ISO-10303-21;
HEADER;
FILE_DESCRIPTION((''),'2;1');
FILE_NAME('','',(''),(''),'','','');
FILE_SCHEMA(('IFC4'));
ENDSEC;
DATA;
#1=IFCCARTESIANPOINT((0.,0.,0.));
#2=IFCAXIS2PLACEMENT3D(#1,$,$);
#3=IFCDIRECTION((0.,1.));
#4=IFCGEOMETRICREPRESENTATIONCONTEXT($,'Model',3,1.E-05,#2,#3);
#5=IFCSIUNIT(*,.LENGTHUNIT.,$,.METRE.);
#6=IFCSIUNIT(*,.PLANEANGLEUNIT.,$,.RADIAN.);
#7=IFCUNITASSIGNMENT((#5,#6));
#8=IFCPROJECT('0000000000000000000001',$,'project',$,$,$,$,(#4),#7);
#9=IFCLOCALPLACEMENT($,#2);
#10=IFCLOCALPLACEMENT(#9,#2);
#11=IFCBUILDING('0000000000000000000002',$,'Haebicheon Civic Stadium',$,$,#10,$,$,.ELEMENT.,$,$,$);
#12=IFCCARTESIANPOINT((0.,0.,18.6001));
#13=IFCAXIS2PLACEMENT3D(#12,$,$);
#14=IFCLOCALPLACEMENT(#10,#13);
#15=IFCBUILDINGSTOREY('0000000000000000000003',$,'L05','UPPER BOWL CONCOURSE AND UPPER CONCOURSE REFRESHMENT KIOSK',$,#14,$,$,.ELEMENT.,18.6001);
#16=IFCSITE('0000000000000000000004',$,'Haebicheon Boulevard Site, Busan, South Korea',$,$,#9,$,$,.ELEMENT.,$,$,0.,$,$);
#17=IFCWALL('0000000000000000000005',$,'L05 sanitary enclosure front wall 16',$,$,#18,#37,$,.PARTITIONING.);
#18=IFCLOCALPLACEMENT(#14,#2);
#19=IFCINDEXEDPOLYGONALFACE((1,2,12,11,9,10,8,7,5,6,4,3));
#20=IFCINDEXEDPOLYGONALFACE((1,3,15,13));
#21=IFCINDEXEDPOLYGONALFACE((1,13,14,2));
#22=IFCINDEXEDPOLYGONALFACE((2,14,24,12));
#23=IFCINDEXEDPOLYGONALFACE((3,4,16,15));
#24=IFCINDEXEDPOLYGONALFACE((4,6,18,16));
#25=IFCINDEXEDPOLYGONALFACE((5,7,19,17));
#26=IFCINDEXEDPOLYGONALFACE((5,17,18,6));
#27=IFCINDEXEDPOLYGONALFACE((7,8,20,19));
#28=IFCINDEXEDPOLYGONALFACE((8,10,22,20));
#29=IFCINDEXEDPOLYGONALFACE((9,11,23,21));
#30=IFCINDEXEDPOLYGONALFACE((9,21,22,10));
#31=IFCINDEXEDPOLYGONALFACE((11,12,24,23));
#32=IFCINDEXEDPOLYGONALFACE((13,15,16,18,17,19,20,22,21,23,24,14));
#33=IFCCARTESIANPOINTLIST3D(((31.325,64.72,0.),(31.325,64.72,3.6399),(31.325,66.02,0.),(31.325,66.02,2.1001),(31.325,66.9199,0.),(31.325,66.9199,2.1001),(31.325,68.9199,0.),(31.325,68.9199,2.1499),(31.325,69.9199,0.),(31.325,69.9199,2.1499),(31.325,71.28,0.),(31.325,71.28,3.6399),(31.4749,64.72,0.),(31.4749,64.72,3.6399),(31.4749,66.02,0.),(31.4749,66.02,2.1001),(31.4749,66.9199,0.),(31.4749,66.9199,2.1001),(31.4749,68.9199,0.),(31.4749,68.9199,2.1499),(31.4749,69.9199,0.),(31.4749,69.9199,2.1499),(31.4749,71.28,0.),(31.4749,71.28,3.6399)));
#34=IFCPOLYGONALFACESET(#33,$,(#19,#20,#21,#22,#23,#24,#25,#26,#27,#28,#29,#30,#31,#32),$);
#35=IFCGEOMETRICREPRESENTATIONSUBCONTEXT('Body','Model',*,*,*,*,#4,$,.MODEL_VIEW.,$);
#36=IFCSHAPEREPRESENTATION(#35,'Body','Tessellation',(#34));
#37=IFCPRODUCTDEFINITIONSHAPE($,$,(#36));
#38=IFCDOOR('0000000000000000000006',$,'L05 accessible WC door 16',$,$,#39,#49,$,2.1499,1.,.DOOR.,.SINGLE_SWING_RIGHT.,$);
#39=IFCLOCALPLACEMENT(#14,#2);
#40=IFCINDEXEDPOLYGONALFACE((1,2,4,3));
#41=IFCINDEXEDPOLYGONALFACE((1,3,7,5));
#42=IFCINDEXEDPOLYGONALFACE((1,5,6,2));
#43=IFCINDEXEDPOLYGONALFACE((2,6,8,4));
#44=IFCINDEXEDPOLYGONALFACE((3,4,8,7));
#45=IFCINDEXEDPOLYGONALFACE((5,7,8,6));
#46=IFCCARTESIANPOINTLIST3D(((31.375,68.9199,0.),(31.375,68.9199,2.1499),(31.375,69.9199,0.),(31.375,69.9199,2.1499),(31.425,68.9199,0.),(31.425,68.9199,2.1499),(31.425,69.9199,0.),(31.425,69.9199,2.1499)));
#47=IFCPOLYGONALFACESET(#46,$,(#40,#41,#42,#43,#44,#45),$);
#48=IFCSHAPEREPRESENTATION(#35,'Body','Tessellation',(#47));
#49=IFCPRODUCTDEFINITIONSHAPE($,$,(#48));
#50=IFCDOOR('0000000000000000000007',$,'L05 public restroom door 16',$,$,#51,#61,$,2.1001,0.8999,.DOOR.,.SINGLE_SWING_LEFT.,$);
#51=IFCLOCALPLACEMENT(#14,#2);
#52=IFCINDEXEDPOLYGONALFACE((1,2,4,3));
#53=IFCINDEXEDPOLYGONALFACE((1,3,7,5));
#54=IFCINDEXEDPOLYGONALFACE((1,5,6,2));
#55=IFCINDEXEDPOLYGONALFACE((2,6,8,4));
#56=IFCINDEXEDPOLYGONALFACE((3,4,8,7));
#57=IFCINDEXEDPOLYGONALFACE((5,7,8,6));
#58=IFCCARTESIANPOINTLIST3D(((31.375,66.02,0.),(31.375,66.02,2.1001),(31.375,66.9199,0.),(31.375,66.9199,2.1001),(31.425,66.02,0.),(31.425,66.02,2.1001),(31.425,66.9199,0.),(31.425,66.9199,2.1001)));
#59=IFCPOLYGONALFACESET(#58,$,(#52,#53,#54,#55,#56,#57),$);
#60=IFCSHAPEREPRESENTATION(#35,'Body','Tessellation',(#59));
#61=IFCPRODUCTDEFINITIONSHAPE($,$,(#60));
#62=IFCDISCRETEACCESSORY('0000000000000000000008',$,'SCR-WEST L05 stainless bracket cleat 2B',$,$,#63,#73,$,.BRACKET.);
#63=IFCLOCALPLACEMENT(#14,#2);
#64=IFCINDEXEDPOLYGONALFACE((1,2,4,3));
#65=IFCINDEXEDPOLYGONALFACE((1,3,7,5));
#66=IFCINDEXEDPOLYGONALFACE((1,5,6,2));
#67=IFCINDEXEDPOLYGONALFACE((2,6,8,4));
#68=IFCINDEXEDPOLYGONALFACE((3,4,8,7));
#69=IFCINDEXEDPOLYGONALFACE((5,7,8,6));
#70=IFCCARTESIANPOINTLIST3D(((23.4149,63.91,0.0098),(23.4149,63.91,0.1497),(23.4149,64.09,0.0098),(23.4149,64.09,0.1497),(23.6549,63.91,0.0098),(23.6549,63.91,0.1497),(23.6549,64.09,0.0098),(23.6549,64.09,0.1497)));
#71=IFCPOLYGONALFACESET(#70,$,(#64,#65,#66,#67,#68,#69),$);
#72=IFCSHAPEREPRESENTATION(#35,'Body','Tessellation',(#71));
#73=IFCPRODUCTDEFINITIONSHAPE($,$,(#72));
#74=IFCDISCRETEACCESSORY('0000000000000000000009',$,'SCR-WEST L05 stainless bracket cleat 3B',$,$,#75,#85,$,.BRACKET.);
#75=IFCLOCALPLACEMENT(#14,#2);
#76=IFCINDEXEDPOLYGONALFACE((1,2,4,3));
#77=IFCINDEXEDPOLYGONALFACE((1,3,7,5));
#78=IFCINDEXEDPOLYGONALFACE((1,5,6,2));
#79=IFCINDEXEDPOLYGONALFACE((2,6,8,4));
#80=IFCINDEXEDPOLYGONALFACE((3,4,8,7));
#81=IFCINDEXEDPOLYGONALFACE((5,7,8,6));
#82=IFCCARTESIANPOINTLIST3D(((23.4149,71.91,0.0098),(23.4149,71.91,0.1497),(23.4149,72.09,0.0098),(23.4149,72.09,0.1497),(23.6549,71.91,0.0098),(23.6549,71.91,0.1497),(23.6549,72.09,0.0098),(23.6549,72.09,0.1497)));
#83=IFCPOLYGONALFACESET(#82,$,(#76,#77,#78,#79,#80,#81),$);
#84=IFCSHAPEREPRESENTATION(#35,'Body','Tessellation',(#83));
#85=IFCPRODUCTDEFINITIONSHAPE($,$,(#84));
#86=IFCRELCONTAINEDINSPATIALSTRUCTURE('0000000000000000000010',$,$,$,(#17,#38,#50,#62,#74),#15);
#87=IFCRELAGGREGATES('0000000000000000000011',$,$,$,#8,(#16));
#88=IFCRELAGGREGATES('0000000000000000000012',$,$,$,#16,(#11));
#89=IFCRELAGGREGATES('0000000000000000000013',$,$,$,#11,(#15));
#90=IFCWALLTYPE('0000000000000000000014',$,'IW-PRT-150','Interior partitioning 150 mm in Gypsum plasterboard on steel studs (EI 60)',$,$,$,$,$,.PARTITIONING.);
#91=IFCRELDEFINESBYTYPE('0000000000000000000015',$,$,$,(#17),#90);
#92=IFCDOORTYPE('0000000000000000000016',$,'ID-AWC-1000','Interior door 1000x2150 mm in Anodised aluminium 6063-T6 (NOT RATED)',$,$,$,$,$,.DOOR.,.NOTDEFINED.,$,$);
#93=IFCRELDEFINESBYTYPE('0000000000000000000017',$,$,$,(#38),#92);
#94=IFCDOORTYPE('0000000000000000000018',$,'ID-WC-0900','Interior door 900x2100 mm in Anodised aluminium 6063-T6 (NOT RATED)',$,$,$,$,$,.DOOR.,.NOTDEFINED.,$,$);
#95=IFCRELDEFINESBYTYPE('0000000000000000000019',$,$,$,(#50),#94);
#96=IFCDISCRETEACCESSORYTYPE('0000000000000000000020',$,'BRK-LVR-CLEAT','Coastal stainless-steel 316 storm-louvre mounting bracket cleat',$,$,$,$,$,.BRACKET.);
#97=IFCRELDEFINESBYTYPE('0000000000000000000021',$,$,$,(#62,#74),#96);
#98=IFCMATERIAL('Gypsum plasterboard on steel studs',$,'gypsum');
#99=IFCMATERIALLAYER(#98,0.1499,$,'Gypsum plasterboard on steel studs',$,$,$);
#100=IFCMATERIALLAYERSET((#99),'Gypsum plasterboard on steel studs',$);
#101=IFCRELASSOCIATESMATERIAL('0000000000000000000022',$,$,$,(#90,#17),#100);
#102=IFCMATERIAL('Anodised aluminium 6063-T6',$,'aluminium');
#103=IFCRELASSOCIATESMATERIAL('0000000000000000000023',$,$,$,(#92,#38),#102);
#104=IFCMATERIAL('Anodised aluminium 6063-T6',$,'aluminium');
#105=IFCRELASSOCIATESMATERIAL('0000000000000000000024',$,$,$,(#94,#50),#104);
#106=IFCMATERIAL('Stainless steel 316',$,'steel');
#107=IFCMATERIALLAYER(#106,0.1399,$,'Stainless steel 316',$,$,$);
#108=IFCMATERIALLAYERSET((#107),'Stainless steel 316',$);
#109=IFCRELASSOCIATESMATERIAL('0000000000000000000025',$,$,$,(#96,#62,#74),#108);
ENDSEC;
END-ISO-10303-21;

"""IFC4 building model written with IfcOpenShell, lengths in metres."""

from ifc_helpers import new_model, si_unit, direction, frame, frame_2d, origin, origin_2d, place, context, subcontext, project, spatial, rectangle, extrude, material, layer, layer_set, type_object, element, fill, save


model = new_model("IFC4")

# Units and contexts
model_context = context("Model", 3, precision=1e-05, world=origin(), true_north=direction((0.0, 1.0)))
body_context = subcontext(model_context, "Body", "Model", "MODEL_VIEW")
ifc_project = project(units=[si_unit("LENGTHUNIT", "METRE"), si_unit("PLANEANGLEUNIT", "RADIAN")], contexts=[model_context])

# Site, building, storey
site_placement = place(None, origin())
site = spatial("IfcSite", under=ifc_project, at=site_placement, Name="Haebicheon Boulevard Site, Busan, South Korea", CompositionType="ELEMENT", RefElevation=0.0)
building_placement = place(site_placement, origin())
building = spatial("IfcBuilding", under=site, at=building_placement, Name="Haebicheon Civic Stadium", CompositionType="ELEMENT")
storey_placement = place(building_placement, frame((0.0, 0.0, 18.6001)))
storey = spatial("IfcBuildingStorey", under=building, at=storey_placement, Name="L05", Description="UPPER BOWL CONCOURSE AND UPPER CONCOURSE REFRESHMENT KIOSK", CompositionType="ELEMENT", Elevation=18.6001)

# Wall, openings, doors
ifc_material_1 = material(Name="Gypsum plasterboard on steel studs", Category="gypsum")
ifc_layer_1 = layer(ifc_material_1, 0.1499, Name="Gypsum plasterboard on steel studs")
ifc_layer_set_1 = layer_set([ifc_layer_1], Name="Gypsum plasterboard on steel studs")
wall_type_1 = type_object("IfcWallType", Name="IW-PRT-150", Description="Interior partitioning 150 mm in Gypsum plasterboard on steel studs (EI 60)", PredefinedType="PARTITIONING", material=ifc_layer_set_1)
wall_1_placement = place(storey_placement, frame((31.3999, 64.72, 0.0), z_axis=(0.0, 0.0, 1.0), x_axis=(0.0, 1.0, 0.0)))
wall_1 = element("IfcWall", 1, at=wall_1_placement, inside=storey, type_object=wall_type_1, material=ifc_layer_set_1, Name="L05 sanitary enclosure front wall 16", PredefinedType="PARTITIONING", context=body_context, shape_type="SweptSolid", body=[
    extrude(rectangle(XDim=6.5601, YDim=0.1499, at=frame_2d((3.28, 0.0))), origin(), (0.0, 0.0, 1.0), 3.6399),
])
opening_1_placement = place(wall_1_placement, frame((1.3, 0.0, 0.0)))
opening_1 = element("IfcOpeningElement", 2, at=opening_1_placement, cuts=wall_1, PredefinedType="OPENING", context=body_context, shape_type="SweptSolid", body=[
    extrude(rectangle(XDim=0.8999, YDim=2.1001, at=frame_2d((0.45, 1.05))), frame((0.0, 0.085, 0.0), z_axis=(0.0, -1.0, 0.0), x_axis=(1.0, 0.0, 0.0)), (0.0, 0.0, 1.0), 0.1699),
])
opening_2_placement = place(wall_1_placement, frame((4.2, 0.0, 0.0)))
opening_2 = element("IfcOpeningElement", 3, at=opening_2_placement, cuts=wall_1, PredefinedType="OPENING", context=body_context, shape_type="SweptSolid", body=[
    extrude(rectangle(XDim=1.0, YDim=2.1499, at=frame_2d((0.5, 1.075))), frame((0.0, 0.085, 0.0), z_axis=(0.0, -1.0, 0.0), x_axis=(1.0, 0.0, 0.0)), (0.0, 0.0, 1.0), 0.1699),
])
ifc_material_2 = material(Name="Anodised aluminium 6063-T6", Category="aluminium")
door_type_1 = type_object("IfcDoorType", Name="ID-AWC-1000", Description="Interior door 1000x2150 mm in Anodised aluminium 6063-T6 (NOT RATED)", OperationType="NOTDEFINED", PredefinedType="DOOR", material=ifc_material_2)
door_1_placement = place(opening_2_placement, origin())
door_1 = element("IfcDoor", 4, at=door_1_placement, inside=storey, type_object=door_type_1, material=ifc_material_2, Name="L05 accessible WC door 16", OperationType="SINGLE_SWING_RIGHT", OverallHeight=2.1499, OverallWidth=1.0, PredefinedType="DOOR", context=body_context, shape_type="SweptSolid", body=[
    extrude(rectangle(XDim=1.0, YDim=2.1499, at=frame_2d((0.5, 1.075))), frame((0.0, 0.0249, 0.0), z_axis=(0.0, -1.0, 0.0), x_axis=(1.0, 0.0, 0.0)), (0.0, 0.0, 1.0), 0.05),
])
fill(opening_2, door_1)
ifc_material_3 = material(Name="Anodised aluminium 6063-T6", Category="aluminium")
door_type_2 = type_object("IfcDoorType", Name="ID-WC-0900", Description="Interior door 900x2100 mm in Anodised aluminium 6063-T6 (NOT RATED)", OperationType="NOTDEFINED", PredefinedType="DOOR", material=ifc_material_3)
door_2_placement = place(opening_1_placement, origin())
door_2 = element("IfcDoor", 5, at=door_2_placement, inside=storey, type_object=door_type_2, material=ifc_material_3, Name="L05 public restroom door 16", OperationType="SINGLE_SWING_LEFT", OverallHeight=2.1001, OverallWidth=0.8999, PredefinedType="DOOR", context=body_context, shape_type="SweptSolid", body=[
    extrude(rectangle(XDim=0.8999, YDim=2.1001, at=frame_2d((0.45, 1.05))), frame((0.0, 0.0249, 0.0), z_axis=(0.0, -1.0, 0.0), x_axis=(1.0, 0.0, 0.0)), (0.0, 0.0, 1.0), 0.05),
])
fill(opening_1, door_2)

# Discrete accessories
ifc_material_4 = material(Name="Stainless steel 316", Category="steel")
ifc_layer_2 = layer(ifc_material_4, 0.1399, Name="Stainless steel 316")
ifc_layer_set_2 = layer_set([ifc_layer_2], Name="Stainless steel 316")
discrete_accessory_type = type_object("IfcDiscreteAccessoryType", Name="BRK-LVR-CLEAT", Description="Coastal stainless-steel 316 storm-louvre mounting bracket cleat", PredefinedType="BRACKET", material=ifc_layer_set_2)
for number, where, z_axis, x_axis, name in (
    (6, (23.5349, 64.0, 0.0098), (0.0, 0.0, 1.0), (1.0, 0.0, 0.0), "SCR-WEST L05 stainless bracket cleat 2B"),
    (7, (23.5349, 72.0, 0.0098), (0.0, 0.0, 1.0), (1.0, 0.0, 0.0), "SCR-WEST L05 stainless bracket cleat 3B"),
):
    element("IfcDiscreteAccessory", number, at=place(storey_placement, frame(where, z_axis=z_axis, x_axis=x_axis)), inside=storey, type_object=discrete_accessory_type, material=ifc_layer_set_2, Name=name, PredefinedType="BRACKET", context=body_context, shape_type="SweptSolid", body=[
        extrude(rectangle(XDim=0.24, YDim=0.1799, at=origin_2d()), origin(), (0.0, 0.0, 1.0), 0.1399),
    ])

save(model, "model.ifc")
